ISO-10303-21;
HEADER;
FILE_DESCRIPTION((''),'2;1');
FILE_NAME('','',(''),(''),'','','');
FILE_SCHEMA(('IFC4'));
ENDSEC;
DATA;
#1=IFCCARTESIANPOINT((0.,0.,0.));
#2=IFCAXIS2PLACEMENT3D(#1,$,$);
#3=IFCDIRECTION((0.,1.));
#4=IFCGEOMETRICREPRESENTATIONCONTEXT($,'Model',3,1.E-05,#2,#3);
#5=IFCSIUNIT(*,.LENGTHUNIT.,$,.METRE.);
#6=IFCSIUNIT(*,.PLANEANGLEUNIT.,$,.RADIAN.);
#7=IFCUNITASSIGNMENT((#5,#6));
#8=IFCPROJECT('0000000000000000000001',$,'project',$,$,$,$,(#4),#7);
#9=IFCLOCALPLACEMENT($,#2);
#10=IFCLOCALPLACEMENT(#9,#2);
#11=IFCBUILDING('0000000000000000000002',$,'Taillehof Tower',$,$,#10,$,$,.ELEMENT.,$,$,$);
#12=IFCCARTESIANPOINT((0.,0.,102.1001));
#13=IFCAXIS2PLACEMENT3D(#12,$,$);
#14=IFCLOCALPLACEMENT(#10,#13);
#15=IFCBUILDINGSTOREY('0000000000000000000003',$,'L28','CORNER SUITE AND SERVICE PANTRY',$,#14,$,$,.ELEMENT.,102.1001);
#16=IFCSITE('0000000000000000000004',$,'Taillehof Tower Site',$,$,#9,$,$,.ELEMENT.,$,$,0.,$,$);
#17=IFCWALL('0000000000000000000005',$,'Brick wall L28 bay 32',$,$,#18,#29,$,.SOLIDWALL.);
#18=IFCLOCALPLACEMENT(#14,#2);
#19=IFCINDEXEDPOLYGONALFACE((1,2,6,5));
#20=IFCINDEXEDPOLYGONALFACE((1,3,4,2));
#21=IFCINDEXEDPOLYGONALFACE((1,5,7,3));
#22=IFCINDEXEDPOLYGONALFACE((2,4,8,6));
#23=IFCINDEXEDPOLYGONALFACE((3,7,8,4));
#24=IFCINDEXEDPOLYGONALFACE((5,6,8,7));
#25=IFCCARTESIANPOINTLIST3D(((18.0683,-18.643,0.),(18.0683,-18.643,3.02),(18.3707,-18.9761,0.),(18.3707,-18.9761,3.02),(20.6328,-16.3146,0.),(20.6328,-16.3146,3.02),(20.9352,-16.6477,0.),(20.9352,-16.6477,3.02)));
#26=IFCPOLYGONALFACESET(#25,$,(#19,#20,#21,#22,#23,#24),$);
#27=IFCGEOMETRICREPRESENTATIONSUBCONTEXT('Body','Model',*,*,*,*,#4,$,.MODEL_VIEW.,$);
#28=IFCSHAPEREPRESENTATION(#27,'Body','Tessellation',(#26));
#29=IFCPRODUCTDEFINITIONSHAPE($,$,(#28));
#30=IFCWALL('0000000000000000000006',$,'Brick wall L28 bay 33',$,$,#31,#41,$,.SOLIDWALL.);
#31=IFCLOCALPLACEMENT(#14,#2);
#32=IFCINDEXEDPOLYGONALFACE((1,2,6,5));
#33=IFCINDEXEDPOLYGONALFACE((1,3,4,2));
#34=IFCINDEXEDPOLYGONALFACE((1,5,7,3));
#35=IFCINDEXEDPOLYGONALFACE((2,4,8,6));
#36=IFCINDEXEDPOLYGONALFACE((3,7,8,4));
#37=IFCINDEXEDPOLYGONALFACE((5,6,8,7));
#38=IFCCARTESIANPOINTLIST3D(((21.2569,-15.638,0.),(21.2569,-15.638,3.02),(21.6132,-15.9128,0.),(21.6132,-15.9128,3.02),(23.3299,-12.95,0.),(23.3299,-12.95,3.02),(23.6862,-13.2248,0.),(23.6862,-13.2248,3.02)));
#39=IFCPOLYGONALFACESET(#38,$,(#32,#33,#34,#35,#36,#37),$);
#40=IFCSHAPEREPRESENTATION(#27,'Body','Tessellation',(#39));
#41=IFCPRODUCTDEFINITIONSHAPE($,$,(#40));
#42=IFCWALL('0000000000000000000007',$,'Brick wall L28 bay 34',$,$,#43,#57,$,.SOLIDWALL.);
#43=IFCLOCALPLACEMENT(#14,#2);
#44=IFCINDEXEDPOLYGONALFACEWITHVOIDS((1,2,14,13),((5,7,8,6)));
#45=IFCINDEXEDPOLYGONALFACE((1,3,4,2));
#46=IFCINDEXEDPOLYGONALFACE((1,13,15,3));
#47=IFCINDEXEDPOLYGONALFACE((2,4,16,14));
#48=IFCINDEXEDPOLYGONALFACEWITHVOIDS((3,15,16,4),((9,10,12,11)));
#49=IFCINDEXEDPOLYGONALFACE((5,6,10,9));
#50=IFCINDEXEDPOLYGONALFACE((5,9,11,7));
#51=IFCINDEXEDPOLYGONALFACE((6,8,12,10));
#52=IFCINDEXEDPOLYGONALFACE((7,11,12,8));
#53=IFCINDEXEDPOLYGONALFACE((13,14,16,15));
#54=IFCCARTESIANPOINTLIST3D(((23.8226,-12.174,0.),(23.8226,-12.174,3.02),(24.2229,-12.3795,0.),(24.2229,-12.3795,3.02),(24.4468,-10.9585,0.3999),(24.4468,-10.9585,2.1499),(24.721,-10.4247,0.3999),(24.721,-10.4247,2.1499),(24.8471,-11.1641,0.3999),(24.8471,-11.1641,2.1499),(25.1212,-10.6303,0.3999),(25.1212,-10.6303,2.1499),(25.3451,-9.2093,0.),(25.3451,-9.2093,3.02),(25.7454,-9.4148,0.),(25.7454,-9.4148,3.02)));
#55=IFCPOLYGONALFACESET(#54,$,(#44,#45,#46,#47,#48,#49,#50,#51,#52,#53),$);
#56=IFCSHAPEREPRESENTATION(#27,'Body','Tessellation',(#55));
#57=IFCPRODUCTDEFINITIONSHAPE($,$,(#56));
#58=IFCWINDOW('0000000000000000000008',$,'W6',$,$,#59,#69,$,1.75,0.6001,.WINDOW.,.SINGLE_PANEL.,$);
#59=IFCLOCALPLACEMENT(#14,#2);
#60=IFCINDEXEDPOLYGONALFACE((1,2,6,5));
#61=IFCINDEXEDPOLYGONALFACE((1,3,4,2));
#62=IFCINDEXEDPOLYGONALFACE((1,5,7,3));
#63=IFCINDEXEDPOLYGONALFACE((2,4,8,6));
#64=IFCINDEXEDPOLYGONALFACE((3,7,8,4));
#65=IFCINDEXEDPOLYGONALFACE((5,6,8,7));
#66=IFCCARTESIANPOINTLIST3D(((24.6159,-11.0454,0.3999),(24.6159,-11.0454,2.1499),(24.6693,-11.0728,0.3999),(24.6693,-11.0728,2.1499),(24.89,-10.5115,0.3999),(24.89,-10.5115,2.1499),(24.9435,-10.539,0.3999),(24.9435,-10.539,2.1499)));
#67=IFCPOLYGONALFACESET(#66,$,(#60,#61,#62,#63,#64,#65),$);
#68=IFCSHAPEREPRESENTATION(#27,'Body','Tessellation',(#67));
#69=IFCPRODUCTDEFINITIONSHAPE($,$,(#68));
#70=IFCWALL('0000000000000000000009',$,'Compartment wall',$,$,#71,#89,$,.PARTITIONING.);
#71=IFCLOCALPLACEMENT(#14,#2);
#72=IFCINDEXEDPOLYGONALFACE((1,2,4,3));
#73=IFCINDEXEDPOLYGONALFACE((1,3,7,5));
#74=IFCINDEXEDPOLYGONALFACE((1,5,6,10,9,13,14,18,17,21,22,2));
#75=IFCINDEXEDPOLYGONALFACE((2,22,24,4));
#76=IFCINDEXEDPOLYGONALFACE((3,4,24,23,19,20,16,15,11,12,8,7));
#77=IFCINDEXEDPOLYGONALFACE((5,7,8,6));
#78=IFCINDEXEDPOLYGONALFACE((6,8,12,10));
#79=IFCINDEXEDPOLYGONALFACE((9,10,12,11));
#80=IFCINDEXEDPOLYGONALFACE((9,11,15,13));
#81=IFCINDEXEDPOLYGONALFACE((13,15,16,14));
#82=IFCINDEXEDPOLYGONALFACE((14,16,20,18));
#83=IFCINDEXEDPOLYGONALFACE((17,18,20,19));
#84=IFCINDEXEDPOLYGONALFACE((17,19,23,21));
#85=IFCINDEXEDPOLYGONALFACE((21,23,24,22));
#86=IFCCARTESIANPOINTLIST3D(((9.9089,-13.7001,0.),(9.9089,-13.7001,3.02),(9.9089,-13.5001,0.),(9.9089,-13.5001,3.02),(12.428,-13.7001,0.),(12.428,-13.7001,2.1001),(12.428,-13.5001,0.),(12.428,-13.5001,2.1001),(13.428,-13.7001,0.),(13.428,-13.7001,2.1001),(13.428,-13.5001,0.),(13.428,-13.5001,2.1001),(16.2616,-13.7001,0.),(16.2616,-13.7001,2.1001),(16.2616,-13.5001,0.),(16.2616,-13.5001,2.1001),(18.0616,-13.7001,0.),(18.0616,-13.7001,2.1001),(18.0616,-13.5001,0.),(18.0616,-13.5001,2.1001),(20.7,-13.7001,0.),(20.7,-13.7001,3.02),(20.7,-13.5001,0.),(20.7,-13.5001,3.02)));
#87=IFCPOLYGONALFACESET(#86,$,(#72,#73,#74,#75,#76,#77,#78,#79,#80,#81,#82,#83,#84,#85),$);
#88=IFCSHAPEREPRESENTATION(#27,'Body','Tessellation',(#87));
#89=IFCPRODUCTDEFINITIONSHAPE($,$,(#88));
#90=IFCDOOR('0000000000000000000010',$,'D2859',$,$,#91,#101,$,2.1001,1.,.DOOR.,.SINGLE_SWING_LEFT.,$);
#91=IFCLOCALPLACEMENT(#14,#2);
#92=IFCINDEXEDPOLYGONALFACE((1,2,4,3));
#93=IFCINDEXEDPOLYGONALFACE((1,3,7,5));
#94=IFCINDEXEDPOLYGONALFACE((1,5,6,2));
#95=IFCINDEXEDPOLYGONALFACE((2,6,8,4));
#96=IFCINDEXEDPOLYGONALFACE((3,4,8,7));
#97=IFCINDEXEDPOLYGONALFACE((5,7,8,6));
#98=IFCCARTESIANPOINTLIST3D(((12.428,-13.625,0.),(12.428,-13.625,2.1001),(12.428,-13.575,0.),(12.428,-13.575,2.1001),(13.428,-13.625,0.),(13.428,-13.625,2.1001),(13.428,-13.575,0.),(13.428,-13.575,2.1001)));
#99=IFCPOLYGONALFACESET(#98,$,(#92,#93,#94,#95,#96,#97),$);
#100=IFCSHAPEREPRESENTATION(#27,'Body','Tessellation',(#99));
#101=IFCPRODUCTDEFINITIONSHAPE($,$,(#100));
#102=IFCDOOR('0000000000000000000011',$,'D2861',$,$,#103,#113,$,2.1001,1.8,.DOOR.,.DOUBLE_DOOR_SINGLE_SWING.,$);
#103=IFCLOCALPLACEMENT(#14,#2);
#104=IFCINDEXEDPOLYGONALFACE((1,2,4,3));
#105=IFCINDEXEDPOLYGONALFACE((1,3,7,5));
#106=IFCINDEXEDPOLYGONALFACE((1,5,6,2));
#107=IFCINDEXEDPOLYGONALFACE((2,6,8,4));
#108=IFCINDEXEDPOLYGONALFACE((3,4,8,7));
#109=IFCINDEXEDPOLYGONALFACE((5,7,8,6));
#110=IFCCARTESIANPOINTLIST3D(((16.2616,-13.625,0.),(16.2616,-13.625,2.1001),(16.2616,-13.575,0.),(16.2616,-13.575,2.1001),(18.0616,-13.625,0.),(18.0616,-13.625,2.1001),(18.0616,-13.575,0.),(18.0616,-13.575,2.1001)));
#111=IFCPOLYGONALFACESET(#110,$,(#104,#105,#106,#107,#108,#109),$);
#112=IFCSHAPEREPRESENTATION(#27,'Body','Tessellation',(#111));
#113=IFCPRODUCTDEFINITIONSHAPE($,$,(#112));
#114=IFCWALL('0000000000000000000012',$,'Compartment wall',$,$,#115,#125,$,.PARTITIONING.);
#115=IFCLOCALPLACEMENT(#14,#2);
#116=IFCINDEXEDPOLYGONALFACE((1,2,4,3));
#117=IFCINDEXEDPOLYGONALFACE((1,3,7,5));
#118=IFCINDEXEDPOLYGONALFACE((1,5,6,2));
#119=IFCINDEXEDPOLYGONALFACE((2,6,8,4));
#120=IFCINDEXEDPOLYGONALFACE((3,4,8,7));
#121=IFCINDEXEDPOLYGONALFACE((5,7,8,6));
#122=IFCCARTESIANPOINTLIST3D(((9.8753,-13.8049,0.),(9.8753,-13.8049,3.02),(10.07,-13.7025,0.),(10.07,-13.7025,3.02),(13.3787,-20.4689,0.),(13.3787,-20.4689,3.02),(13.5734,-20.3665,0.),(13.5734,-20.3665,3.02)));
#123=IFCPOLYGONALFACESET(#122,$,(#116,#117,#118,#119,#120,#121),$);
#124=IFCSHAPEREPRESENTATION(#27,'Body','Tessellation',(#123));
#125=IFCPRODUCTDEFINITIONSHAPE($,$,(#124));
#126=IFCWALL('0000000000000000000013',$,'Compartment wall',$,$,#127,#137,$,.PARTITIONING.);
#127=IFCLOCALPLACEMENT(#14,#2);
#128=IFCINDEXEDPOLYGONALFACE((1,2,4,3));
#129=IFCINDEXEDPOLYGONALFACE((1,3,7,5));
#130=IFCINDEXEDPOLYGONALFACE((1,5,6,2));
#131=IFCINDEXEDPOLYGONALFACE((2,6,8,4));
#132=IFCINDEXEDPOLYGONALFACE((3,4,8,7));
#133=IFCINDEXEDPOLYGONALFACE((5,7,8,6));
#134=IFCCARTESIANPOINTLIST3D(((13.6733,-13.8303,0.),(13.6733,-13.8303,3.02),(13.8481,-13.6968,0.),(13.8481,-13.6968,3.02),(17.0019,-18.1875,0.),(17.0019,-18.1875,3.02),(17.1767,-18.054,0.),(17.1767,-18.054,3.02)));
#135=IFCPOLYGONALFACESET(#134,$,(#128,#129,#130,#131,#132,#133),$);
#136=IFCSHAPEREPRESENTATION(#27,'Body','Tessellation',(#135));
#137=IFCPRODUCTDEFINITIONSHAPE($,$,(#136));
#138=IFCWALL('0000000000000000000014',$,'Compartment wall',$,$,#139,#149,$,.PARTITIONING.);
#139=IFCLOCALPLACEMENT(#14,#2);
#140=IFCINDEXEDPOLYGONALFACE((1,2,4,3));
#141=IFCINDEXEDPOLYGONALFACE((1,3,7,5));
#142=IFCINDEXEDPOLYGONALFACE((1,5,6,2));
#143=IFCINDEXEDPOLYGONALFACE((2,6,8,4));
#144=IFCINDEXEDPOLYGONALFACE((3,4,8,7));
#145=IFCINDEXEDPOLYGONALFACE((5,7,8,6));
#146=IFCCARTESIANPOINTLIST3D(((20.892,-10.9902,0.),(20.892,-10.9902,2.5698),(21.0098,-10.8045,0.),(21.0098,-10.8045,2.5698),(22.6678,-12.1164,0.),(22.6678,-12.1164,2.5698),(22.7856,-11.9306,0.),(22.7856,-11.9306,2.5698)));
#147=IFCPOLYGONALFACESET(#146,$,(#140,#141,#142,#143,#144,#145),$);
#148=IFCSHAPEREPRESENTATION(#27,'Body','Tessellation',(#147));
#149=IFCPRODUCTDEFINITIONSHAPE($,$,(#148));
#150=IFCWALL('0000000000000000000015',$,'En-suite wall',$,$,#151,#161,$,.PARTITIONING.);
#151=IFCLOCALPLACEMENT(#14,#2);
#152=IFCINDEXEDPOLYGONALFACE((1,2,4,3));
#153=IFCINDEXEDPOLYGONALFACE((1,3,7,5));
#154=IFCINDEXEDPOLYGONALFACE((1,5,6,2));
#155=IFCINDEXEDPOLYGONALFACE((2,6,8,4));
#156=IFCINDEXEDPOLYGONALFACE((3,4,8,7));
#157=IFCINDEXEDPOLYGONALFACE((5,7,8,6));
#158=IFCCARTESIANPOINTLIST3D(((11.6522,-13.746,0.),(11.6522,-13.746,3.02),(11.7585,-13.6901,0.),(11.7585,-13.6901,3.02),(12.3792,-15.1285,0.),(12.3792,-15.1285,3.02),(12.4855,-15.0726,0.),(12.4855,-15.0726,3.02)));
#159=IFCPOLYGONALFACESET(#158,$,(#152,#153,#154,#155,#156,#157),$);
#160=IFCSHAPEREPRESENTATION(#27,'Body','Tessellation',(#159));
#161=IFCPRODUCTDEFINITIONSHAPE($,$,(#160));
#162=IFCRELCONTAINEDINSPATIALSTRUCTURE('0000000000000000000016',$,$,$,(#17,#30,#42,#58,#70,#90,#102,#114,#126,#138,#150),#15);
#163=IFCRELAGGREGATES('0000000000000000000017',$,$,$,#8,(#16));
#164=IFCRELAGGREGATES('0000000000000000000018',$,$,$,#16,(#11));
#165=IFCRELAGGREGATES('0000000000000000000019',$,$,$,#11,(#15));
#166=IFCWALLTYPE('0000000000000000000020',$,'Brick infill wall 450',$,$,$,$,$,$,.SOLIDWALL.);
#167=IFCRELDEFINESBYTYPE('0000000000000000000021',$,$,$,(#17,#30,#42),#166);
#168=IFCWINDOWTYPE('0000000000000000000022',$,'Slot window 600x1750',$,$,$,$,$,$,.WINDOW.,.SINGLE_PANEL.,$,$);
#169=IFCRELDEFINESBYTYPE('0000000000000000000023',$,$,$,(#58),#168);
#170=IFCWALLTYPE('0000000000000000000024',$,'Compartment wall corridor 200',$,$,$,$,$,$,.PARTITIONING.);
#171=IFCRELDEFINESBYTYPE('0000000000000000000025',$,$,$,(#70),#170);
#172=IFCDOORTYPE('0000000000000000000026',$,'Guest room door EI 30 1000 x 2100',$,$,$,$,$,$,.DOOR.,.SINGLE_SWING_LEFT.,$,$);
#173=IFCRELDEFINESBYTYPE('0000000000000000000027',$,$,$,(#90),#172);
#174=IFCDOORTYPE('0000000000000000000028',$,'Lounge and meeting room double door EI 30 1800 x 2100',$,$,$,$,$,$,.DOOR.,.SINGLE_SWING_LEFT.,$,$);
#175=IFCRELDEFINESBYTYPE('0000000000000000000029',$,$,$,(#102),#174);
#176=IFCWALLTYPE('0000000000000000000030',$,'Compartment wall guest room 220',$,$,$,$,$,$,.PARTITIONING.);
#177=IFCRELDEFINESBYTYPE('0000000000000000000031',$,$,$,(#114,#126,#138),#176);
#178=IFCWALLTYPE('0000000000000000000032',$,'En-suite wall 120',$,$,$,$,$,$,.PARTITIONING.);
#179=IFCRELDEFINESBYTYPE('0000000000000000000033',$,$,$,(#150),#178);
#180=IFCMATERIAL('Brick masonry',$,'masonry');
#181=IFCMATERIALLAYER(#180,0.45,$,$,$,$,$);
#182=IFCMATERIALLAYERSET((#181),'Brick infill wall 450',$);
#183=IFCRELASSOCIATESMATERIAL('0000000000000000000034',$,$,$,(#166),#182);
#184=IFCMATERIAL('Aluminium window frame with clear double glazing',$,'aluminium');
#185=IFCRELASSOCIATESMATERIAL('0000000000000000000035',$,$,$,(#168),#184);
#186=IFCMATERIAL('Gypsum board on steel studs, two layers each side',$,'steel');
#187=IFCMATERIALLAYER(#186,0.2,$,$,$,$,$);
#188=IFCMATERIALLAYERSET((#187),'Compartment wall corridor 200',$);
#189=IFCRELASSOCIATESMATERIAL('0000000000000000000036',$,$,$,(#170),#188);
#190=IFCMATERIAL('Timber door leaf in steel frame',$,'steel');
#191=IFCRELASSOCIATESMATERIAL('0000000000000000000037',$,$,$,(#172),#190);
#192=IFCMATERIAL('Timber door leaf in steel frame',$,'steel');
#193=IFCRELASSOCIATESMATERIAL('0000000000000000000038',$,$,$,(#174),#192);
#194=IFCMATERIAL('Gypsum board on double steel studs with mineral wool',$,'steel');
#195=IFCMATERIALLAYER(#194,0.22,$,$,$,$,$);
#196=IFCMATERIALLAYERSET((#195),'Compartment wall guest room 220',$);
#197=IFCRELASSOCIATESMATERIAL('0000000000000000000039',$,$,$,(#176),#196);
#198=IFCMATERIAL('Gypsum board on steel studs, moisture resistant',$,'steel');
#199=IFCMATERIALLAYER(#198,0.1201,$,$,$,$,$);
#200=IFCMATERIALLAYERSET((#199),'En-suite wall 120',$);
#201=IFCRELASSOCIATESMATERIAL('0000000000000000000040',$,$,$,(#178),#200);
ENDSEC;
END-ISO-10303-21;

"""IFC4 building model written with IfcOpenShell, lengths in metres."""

from ifc_helpers import new_model, si_unit, direction, frame, frame_2d, origin, place, context, subcontext, project, spatial, rectangle, extrude, material, layer, layer_set, type_object, element, fill, save


model = new_model("IFC4")

# Units and contexts
model_context = context("Model", 3, precision=1e-05, world=origin(), true_north=direction((0.0, 1.0)))
body_context = subcontext(model_context, "Body", "Model", "MODEL_VIEW")
ifc_project = project(units=[si_unit("LENGTHUNIT", "METRE"), si_unit("PLANEANGLEUNIT", "RADIAN")], contexts=[model_context])

# Site, building, storey
site_placement = place(None, origin())
site = spatial("IfcSite", under=ifc_project, at=site_placement, Name="Taillehof Tower Site", CompositionType="ELEMENT", RefElevation=0.0)
building_placement = place(site_placement, origin())
building = spatial("IfcBuilding", under=site, at=building_placement, Name="Taillehof Tower", CompositionType="ELEMENT")
storey_placement = place(building_placement, frame((0.0, 0.0, 102.1001)))
storey = spatial("IfcBuildingStorey", under=building, at=storey_placement, Name="L28", Description="CORNER SUITE AND SERVICE PANTRY", CompositionType="ELEMENT", Elevation=102.1001)

# Shared definitions
ifc_material_1 = material(Name="Brick masonry", Category="masonry")
ifc_layer_1 = layer(ifc_material_1, 0.45)
ifc_layer_set_1 = layer_set([ifc_layer_1], Name="Brick infill wall 450")
wall_type_1 = type_object("IfcWallType", Name="Brick infill wall 450", PredefinedType="SOLIDWALL", material=ifc_layer_set_1)

# Walls
wall_1_placement = place(storey_placement, frame((18.2195, -18.8096, 0.0), z_axis=(0.0, 0.0, 1.0), x_axis=(0.740364, 0.672206, 0.0)))
element("IfcWall", 1, at=wall_1_placement, inside=storey, type_object=wall_type_1, Name="Brick wall L28 bay 32", PredefinedType="SOLIDWALL", context=body_context, shape_type="SweptSolid", body=[
    extrude(rectangle(XDim=3.4639, YDim=0.45, at=frame_2d((1.7319, 0.0))), origin(), (0.0, 0.0, 1.0), 3.02),
])
wall_2_placement = place(storey_placement, frame((21.4351, -15.7754, 0.0), z_axis=(0.0, 0.0, 1.0), x_axis=(0.610694, 0.791867, 0.0)))
element("IfcWall", 2, at=wall_2_placement, inside=storey, type_object=wall_type_1, Name="Brick wall L28 bay 33", PredefinedType="SOLIDWALL", context=body_context, shape_type="SweptSolid", body=[
    extrude(rectangle(XDim=3.3945, YDim=0.45, at=frame_2d((1.6973, 0.0))), origin(), (0.0, 0.0, 1.0), 3.02),
])

# Wall, opening, window
wall_3_placement = place(storey_placement, frame((24.0227, -12.2769, 0.0), z_axis=(0.0, 0.0, 1.0), x_axis=(0.456828, 0.889555, 0.0)))
wall_3 = element("IfcWall", 3, at=wall_3_placement, inside=storey, type_object=wall_type_1, Name="Brick wall L28 bay 34", PredefinedType="SOLIDWALL", context=body_context, shape_type="SweptSolid", body=[
    extrude(rectangle(XDim=3.3328, YDim=0.45, at=frame_2d((1.6665, 0.0))), origin(), (0.0, 0.0, 1.0), 3.02),
])
opening_1_placement = place(wall_3_placement, frame((1.3665, 0.0, 0.3999)))
opening_1 = element("IfcOpeningElement", 4, at=opening_1_placement, cuts=wall_3, PredefinedType="OPENING", context=body_context, shape_type="SweptSolid", body=[
    extrude(rectangle(XDim=0.6001, YDim=1.75, at=frame_2d((0.3, 0.875))), frame((0.0, 0.2349, 0.0), z_axis=(0.0, -1.0, 0.0), x_axis=(1.0, 0.0, 0.0)), (0.0, 0.0, 1.0), 0.47),
])
ifc_material_2 = material(Name="Aluminium window frame with clear double glazing", Category="aluminium")
window_type_1 = type_object("IfcWindowType", Name="Slot window 600x1750", PartitioningType="SINGLE_PANEL", PredefinedType="WINDOW", material=ifc_material_2)
window_1_placement = place(opening_1_placement, origin())
window_1 = element("IfcWindow", 5, at=window_1_placement, inside=storey, type_object=window_type_1, Name="W6", OverallHeight=1.75, OverallWidth=0.6001, PartitioningType="SINGLE_PANEL", PredefinedType="WINDOW", context=body_context, shape_type="SweptSolid", body=[
    extrude(rectangle(XDim=0.6001, YDim=1.75, at=frame_2d((0.3, 0.875))), frame((0.0, 0.0349, 0.0), z_axis=(0.0, -1.0, 0.0), x_axis=(1.0, 0.0, 0.0)), (0.0, 0.0, 1.0), 0.0601),
])
fill(opening_1, window_1)

# Wall, openings, doors
ifc_material_3 = material(Name="Gypsum board on steel studs, two layers each side", Category="steel")
ifc_layer_2 = layer(ifc_material_3, 0.2)
ifc_layer_set_2 = layer_set([ifc_layer_2], Name="Compartment wall corridor 200")
wall_type_2 = type_object("IfcWallType", Name="Compartment wall corridor 200", PredefinedType="PARTITIONING", material=ifc_layer_set_2)
wall_4_placement = place(storey_placement, frame((20.7, -13.6001, 0.0), z_axis=(0.0, 0.0, 1.0), x_axis=(-1.0, 0.0, 0.0)))
wall_4 = element("IfcWall", 6, at=wall_4_placement, inside=storey, type_object=wall_type_2, Name="Compartment wall", PredefinedType="PARTITIONING", context=body_context, shape_type="SweptSolid", body=[
    extrude(rectangle(XDim=10.791, YDim=0.2, at=frame_2d((5.3955, 0.0))), origin(), (0.0, 0.0, 1.0), 3.02),
])
opening_2_placement = place(wall_4_placement, frame((7.272, 0.0, 0.0)))
opening_2 = element("IfcOpeningElement", 7, at=opening_2_placement, cuts=wall_4, PredefinedType="OPENING", context=body_context, shape_type="SweptSolid", body=[
    extrude(rectangle(XDim=1.0, YDim=2.1001, at=frame_2d((0.5, 1.05))), frame((0.0, 0.1099, 0.0), z_axis=(0.0, -1.0, 0.0), x_axis=(1.0, 0.0, 0.0)), (0.0, 0.0, 1.0), 0.22),
])
opening_3_placement = place(wall_4_placement, frame((2.6384, 0.0, 0.0)))
opening_3 = element("IfcOpeningElement", 8, at=opening_3_placement, cuts=wall_4, PredefinedType="OPENING", context=body_context, shape_type="SweptSolid", body=[
    extrude(rectangle(XDim=1.8, YDim=2.1001, at=frame_2d((0.8999, 1.05))), frame((0.0, 0.1099, 0.0), z_axis=(0.0, -1.0, 0.0), x_axis=(1.0, 0.0, 0.0)), (0.0, 0.0, 1.0), 0.22),
])
ifc_material_4 = material(Name="Timber door leaf in steel frame", Category="steel")
door_type_1 = type_object("IfcDoorType", Name="Guest room door EI 30 1000 x 2100", OperationType="SINGLE_SWING_LEFT", PredefinedType="DOOR", material=ifc_material_4)
door_1_placement = place(opening_2_placement, origin())
door_1 = element("IfcDoor", 9, at=door_1_placement, inside=storey, type_object=door_type_1, Name="D2859", OperationType="SINGLE_SWING_LEFT", OverallHeight=2.1001, OverallWidth=1.0, PredefinedType="DOOR", context=body_context, shape_type="SweptSolid", body=[
    extrude(rectangle(XDim=1.0, YDim=2.1001, at=frame_2d((0.5, 1.05))), frame((0.0, 0.0249, 0.0), z_axis=(0.0, -1.0, 0.0), x_axis=(1.0, 0.0, 0.0)), (0.0, 0.0, 1.0), 0.05),
])
fill(opening_2, door_1)
ifc_material_5 = material(Name="Timber door leaf in steel frame", Category="steel")
door_type_2 = type_object("IfcDoorType", Name="Lounge and meeting room double door EI 30 1800 x 2100", OperationType="SINGLE_SWING_LEFT", PredefinedType="DOOR", material=ifc_material_5)
door_2_placement = place(opening_3_placement, origin())
door_2 = element("IfcDoor", 10, at=door_2_placement, inside=storey, type_object=door_type_2, Name="D2861", OperationType="DOUBLE_DOOR_SINGLE_SWING", OverallHeight=2.1001, OverallWidth=1.8, PredefinedType="DOOR", context=body_context, shape_type="SweptSolid", body=[
    extrude(rectangle(XDim=1.8, YDim=2.1001, at=frame_2d((0.8999, 1.05))), frame((0.0, 0.0249, 0.0), z_axis=(0.0, -1.0, 0.0), x_axis=(1.0, 0.0, 0.0)), (0.0, 0.0, 1.0), 0.05),
])
fill(opening_3, door_2)

# Walls
ifc_material_6 = material(Name="Gypsum board on double steel studs with mineral wool", Category="steel")
ifc_layer_3 = layer(ifc_material_6, 0.22)
ifc_layer_set_3 = layer_set([ifc_layer_3], Name="Compartment wall guest room 220")
wall_type_3 = type_object("IfcWallType", Name="Compartment wall guest room 220", PredefinedType="PARTITIONING", material=ifc_layer_set_3)
wall_5_placement = place(storey_placement, frame((13.4761, -20.4177, 0.0), z_axis=(0.0, 0.0, 1.0), x_axis=(-0.465332, 0.885136, 0.0)))
element("IfcWall", 11, at=wall_5_placement, inside=storey, type_object=wall_type_3, Name="Compartment wall", PredefinedType="PARTITIONING", context=body_context, shape_type="SweptSolid", body=[
    extrude(rectangle(XDim=7.5288, YDim=0.22, at=frame_2d((3.7644, 0.0))), origin(), (0.0, 0.0, 1.0), 3.02),
])
wall_6_placement = place(storey_placement, frame((17.0894, -18.1208, 0.0), z_axis=(0.0, 0.0, 1.0), x_axis=(-0.607065, 0.794652, 0.0)))
element("IfcWall", 12, at=wall_6_placement, inside=storey, type_object=wall_type_3, Name="Compartment wall", PredefinedType="PARTITIONING", context=body_context, shape_type="SweptSolid", body=[
    extrude(rectangle(XDim=5.4832, YDim=0.22, at=frame_2d((2.7417, 0.0))), origin(), (0.0, 0.0, 1.0), 3.02),
])
wall_7_placement = place(storey_placement, frame((22.7266, -12.0234, 0.0), z_axis=(0.0, 0.0, 1.0), x_axis=(-0.844497, 0.53556, 0.0)))
element("IfcWall", 13, at=wall_7_placement, inside=storey, type_object=wall_type_3, Name="Compartment wall", PredefinedType="PARTITIONING", context=body_context, shape_type="SweptSolid", body=[
    extrude(rectangle(XDim=2.1028, YDim=0.22, at=frame_2d((1.0513, 0.0))), origin(), (0.0, 0.0, 1.0), 2.5698),
])
ifc_material_7 = material(Name="Gypsum board on steel studs, moisture resistant", Category="steel")
ifc_layer_4 = layer(ifc_material_7, 0.1201)
ifc_layer_set_4 = layer_set([ifc_layer_4], Name="En-suite wall 120")
wall_type_4 = type_object("IfcWallType", Name="En-suite wall 120", PredefinedType="PARTITIONING", material=ifc_layer_set_4)
wall_8_placement = place(storey_placement, frame((11.7053, -13.718, 0.0), z_axis=(0.0, 0.0, 1.0), x_axis=(0.465437, -0.885081, 0.0)))
element("IfcWall", 14, at=wall_8_placement, inside=storey, type_object=wall_type_4, Name="En-suite wall", PredefinedType="PARTITIONING", context=body_context, shape_type="SweptSolid", body=[
    extrude(rectangle(XDim=1.562, YDim=0.1201, at=frame_2d((0.781, 0.0))), origin(), (0.0, 0.0, 1.0), 3.02),
])

save(model, "model.ifc")
